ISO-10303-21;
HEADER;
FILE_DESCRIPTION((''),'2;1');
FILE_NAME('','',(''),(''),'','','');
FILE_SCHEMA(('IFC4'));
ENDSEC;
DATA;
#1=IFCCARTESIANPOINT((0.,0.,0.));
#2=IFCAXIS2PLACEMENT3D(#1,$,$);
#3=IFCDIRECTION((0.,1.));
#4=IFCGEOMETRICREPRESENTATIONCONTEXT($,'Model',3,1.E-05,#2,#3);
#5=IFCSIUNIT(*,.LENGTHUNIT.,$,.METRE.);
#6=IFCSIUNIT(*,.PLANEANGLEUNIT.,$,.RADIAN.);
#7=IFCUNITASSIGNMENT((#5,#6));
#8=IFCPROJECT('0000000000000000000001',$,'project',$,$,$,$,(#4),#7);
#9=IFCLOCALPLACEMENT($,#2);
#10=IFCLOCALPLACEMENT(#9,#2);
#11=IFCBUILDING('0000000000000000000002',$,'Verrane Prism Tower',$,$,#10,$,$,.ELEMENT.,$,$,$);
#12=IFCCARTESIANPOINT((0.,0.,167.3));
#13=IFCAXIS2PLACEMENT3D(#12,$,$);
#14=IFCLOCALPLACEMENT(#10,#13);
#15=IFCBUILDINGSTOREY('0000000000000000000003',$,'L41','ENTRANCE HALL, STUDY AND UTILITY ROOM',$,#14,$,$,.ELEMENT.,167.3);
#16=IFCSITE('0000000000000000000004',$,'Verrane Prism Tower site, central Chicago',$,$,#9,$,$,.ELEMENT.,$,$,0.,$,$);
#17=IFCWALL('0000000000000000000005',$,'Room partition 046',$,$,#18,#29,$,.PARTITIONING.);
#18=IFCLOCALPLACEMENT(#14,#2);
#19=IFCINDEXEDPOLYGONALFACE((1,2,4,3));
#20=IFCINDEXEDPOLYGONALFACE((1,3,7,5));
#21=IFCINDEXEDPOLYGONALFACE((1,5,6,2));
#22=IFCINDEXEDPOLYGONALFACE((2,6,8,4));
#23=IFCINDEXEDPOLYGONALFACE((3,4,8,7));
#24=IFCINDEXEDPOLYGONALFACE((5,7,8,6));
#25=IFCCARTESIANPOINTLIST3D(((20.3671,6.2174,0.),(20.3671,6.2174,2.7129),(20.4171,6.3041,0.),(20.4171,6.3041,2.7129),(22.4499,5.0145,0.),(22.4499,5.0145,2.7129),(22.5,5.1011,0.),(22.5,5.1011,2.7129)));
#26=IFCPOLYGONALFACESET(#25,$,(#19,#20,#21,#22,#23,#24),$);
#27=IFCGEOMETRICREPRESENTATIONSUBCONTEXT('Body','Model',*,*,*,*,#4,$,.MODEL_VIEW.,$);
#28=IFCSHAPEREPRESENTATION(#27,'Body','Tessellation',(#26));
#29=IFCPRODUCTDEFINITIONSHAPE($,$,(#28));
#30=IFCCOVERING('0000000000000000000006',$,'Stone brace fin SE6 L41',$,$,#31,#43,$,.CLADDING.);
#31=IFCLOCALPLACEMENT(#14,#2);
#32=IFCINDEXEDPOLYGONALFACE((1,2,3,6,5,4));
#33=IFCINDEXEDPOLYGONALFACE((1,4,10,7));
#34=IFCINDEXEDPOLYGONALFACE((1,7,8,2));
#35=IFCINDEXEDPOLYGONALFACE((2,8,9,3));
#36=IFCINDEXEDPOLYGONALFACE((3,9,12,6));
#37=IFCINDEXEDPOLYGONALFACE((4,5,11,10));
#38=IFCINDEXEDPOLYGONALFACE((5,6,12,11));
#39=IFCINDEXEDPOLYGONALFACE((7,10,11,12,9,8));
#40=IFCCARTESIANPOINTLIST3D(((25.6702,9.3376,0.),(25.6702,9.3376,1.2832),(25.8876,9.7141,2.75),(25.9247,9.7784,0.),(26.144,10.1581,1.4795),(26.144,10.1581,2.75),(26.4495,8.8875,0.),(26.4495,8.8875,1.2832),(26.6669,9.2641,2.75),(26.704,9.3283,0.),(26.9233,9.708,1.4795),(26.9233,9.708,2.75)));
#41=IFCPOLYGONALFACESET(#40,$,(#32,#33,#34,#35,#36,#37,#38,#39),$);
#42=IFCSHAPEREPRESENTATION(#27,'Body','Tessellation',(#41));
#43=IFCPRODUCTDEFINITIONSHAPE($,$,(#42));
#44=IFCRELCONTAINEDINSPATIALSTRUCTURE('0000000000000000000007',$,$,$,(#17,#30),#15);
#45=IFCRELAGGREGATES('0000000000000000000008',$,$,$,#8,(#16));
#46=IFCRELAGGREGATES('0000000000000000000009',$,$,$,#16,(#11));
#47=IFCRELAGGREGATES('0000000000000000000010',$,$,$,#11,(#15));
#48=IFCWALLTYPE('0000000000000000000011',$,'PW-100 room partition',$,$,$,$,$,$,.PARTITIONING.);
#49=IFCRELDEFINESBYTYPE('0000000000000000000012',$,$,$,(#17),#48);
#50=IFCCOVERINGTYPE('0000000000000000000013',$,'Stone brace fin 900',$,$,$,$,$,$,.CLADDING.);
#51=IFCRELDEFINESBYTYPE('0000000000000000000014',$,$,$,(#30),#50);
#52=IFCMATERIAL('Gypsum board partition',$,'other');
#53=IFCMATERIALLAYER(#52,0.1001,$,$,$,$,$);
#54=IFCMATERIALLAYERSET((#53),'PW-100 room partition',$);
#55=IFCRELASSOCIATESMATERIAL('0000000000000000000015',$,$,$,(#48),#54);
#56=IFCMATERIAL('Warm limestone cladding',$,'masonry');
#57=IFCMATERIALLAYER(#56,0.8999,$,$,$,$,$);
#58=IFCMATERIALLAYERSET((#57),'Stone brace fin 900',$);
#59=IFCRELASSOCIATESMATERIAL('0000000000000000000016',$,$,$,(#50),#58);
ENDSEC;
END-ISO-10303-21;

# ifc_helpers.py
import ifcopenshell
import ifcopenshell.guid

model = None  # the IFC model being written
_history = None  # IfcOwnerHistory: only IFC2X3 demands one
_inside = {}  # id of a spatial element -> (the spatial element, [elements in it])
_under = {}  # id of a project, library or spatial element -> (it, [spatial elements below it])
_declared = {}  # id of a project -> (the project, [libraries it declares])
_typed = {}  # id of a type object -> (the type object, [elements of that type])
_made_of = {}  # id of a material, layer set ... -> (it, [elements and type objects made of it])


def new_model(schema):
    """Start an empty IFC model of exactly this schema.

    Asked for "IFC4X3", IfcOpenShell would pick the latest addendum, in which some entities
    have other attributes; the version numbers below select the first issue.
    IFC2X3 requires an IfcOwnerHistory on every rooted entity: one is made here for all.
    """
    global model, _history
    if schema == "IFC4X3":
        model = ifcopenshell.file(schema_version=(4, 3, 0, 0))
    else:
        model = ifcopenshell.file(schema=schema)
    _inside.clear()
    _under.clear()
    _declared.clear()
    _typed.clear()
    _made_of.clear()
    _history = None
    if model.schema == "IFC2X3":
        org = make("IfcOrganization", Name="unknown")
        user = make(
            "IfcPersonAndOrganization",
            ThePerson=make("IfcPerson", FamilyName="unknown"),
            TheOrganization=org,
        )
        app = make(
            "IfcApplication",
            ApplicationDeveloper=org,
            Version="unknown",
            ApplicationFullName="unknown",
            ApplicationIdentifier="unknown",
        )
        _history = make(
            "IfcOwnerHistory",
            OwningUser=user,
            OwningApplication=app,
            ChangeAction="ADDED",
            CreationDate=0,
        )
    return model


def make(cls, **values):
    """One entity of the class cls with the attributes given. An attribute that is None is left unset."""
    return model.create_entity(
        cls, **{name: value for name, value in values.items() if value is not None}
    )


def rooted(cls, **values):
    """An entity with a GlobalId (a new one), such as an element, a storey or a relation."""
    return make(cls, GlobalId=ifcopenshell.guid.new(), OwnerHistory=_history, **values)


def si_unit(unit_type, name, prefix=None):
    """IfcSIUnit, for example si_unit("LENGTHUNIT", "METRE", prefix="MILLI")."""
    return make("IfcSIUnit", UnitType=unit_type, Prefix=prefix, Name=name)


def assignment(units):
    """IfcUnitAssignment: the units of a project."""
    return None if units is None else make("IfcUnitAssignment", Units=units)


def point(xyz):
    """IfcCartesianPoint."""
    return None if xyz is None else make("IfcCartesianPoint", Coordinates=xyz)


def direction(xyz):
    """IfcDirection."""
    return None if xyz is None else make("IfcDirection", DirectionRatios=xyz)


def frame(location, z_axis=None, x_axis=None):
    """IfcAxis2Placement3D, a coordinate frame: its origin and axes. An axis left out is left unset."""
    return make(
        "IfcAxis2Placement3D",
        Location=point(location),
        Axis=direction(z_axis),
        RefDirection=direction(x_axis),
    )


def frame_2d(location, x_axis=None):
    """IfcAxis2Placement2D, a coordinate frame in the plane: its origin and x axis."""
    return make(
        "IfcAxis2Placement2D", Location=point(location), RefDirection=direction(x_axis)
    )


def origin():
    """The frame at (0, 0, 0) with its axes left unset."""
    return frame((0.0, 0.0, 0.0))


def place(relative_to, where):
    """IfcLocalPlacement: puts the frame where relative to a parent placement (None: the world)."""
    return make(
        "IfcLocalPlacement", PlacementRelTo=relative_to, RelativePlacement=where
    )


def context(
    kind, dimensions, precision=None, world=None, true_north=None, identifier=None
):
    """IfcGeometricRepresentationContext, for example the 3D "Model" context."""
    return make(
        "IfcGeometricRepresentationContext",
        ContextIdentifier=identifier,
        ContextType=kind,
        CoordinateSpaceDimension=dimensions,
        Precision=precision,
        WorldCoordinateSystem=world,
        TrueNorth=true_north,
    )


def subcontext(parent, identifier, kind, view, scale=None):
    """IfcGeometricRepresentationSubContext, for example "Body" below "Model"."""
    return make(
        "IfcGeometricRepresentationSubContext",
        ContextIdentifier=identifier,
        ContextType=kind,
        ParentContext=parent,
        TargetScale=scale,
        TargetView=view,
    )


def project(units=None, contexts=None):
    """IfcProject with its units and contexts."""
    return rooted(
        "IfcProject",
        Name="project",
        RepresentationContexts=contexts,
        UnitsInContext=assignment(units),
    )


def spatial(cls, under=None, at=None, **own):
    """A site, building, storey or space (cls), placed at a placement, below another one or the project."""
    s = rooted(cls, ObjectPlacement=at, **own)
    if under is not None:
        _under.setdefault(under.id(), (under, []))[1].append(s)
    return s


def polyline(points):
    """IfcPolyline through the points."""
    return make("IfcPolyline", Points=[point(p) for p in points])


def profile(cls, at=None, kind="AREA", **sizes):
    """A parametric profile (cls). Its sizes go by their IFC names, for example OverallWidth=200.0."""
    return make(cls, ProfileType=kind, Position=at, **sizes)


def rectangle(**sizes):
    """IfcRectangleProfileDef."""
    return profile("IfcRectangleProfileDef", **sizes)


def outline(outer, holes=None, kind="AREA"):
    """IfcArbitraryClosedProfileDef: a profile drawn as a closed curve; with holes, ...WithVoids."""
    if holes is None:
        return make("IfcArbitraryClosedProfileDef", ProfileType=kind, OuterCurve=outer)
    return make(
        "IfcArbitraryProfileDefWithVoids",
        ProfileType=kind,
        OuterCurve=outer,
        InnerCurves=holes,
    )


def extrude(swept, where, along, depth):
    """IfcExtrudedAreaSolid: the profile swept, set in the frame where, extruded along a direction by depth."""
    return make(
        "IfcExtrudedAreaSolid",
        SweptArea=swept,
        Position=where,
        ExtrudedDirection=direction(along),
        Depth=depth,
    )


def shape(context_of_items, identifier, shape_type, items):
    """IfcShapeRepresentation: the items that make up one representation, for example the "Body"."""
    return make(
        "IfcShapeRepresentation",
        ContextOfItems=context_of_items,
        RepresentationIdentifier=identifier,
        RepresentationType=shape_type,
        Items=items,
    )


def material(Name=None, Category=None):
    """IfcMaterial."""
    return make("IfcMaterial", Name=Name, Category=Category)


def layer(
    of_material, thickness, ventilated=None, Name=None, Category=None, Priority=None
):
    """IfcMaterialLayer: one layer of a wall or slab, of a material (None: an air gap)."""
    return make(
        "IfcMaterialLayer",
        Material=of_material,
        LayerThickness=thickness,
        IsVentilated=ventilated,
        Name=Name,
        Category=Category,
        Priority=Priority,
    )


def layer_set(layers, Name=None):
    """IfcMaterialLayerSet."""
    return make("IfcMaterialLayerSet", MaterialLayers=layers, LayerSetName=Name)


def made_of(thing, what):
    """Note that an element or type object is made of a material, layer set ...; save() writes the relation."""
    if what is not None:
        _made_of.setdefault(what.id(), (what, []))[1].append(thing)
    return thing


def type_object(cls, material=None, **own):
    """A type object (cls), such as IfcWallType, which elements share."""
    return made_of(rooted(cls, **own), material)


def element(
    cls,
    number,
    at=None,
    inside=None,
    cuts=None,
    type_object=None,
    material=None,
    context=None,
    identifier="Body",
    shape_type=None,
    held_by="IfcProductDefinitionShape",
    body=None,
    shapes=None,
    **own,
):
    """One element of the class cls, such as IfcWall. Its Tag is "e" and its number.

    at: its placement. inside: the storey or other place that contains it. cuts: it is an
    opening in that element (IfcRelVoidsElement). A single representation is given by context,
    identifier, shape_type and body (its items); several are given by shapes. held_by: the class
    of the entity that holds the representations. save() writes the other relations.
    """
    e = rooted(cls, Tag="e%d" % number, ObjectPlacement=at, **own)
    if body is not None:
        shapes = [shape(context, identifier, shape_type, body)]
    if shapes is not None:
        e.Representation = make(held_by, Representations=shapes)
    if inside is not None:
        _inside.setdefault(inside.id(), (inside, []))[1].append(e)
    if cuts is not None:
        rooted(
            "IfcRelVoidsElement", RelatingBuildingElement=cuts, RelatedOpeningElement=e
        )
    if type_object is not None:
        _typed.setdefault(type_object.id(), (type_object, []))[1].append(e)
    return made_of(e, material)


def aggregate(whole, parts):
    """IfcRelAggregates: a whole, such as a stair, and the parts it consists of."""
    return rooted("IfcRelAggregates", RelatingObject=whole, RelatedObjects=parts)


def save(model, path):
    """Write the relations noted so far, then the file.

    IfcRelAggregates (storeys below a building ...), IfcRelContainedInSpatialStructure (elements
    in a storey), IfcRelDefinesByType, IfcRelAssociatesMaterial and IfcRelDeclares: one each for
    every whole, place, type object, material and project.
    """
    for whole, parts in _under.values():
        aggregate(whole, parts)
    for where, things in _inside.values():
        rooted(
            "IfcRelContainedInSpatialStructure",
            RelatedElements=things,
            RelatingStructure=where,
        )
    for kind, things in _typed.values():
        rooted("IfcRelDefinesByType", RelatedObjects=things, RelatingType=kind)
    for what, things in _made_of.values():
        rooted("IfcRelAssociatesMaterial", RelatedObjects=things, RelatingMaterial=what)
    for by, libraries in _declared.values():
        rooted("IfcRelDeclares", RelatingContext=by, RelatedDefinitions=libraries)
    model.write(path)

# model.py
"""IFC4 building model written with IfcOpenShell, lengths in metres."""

from ifc_helpers import new_model, si_unit, direction, frame, frame_2d, origin, place, context, subcontext, project, spatial, polyline, rectangle, outline, extrude, material, layer, layer_set, type_object, element, save


model = new_model("IFC4")

# Units and contexts
model_context = context("Model", 3, precision=1e-05, world=origin(), true_north=direction((0.0, 1.0)))
body_context = subcontext(model_context, "Body", "Model", "MODEL_VIEW")
ifc_project = project(units=[si_unit("LENGTHUNIT", "METRE"), si_unit("PLANEANGLEUNIT", "RADIAN")], contexts=[model_context])

# Site, building, storey
site_placement = place(None, origin())
site = spatial("IfcSite", under=ifc_project, at=site_placement, Name="Verrane Prism Tower site, central Chicago", CompositionType="ELEMENT", RefElevation=0.0)
building_placement = place(site_placement, origin())
building = spatial("IfcBuilding", under=site, at=building_placement, Name="Verrane Prism Tower", CompositionType="ELEMENT")
storey_placement = place(building_placement, frame((0.0, 0.0, 167.3)))
storey = spatial("IfcBuildingStorey", under=building, at=storey_placement, Name="L41", Description="ENTRANCE HALL, STUDY AND UTILITY ROOM", CompositionType="ELEMENT", Elevation=167.3)

# Shared definitions
ifc_material_1 = material(Name="Gypsum board partition", Category="other")
ifc_layer_1 = layer(ifc_material_1, 0.1001)
ifc_layer_set_1 = layer_set([ifc_layer_1], Name="PW-100 room partition")
wall_type_1 = type_object("IfcWallType", Name="PW-100 room partition", PredefinedType="PARTITIONING", material=ifc_layer_set_1)

# Wall
wall_1_placement = place(storey_placement, frame((20.3921, 6.2607, 0.0), z_axis=(0.0, 0.0, 1.0), x_axis=(0.865954, -0.500124, 0.0)))
element("IfcWall", 1, at=wall_1_placement, inside=storey, type_object=wall_type_1, Name="Room partition 046", PredefinedType="PARTITIONING", context=body_context, shape_type="SweptSolid", body=[
    extrude(rectangle(XDim=2.4053, YDim=0.1001, at=frame_2d((1.2026, 0.0))), origin(), (0.0, 0.0, 1.0), 2.7129),
])

# Covering
ifc_material_2 = material(Name="Warm limestone cladding", Category="masonry")
ifc_layer_2 = layer(ifc_material_2, 0.8999)
ifc_layer_set_2 = layer_set([ifc_layer_2], Name="Stone brace fin 900")
covering_type = type_object("IfcCoveringType", Name="Stone brace fin 900", PredefinedType="CLADDING", material=ifc_layer_set_2)
covering_placement = place(storey_placement, frame((26.0598, 9.1125, 0.0), z_axis=(0.0, 0.0, 1.0), x_axis=(0.500102, 0.865967, 0.0)))
element("IfcCovering", 2, at=covering_placement, inside=storey, type_object=covering_type, Name="Stone brace fin SE6 L41", PredefinedType="CLADDING", context=body_context, shape_type="SweptSolid", body=[
    extrude(outline(polyline([(0.9475, 2.75), (0.4348, 2.75), (0.0, 1.2832), (0.0, 0.0), (0.509, 0.0), (0.9475, 1.4795), (0.9475, 2.75)])), frame((0.0, 0.45, 0.0), z_axis=(0.0, -1.0, 0.0), x_axis=(1.0, 0.0, 0.0)), (0.0, 0.0, 1.0), 0.8999),
])

save(model, "model.ifc")
